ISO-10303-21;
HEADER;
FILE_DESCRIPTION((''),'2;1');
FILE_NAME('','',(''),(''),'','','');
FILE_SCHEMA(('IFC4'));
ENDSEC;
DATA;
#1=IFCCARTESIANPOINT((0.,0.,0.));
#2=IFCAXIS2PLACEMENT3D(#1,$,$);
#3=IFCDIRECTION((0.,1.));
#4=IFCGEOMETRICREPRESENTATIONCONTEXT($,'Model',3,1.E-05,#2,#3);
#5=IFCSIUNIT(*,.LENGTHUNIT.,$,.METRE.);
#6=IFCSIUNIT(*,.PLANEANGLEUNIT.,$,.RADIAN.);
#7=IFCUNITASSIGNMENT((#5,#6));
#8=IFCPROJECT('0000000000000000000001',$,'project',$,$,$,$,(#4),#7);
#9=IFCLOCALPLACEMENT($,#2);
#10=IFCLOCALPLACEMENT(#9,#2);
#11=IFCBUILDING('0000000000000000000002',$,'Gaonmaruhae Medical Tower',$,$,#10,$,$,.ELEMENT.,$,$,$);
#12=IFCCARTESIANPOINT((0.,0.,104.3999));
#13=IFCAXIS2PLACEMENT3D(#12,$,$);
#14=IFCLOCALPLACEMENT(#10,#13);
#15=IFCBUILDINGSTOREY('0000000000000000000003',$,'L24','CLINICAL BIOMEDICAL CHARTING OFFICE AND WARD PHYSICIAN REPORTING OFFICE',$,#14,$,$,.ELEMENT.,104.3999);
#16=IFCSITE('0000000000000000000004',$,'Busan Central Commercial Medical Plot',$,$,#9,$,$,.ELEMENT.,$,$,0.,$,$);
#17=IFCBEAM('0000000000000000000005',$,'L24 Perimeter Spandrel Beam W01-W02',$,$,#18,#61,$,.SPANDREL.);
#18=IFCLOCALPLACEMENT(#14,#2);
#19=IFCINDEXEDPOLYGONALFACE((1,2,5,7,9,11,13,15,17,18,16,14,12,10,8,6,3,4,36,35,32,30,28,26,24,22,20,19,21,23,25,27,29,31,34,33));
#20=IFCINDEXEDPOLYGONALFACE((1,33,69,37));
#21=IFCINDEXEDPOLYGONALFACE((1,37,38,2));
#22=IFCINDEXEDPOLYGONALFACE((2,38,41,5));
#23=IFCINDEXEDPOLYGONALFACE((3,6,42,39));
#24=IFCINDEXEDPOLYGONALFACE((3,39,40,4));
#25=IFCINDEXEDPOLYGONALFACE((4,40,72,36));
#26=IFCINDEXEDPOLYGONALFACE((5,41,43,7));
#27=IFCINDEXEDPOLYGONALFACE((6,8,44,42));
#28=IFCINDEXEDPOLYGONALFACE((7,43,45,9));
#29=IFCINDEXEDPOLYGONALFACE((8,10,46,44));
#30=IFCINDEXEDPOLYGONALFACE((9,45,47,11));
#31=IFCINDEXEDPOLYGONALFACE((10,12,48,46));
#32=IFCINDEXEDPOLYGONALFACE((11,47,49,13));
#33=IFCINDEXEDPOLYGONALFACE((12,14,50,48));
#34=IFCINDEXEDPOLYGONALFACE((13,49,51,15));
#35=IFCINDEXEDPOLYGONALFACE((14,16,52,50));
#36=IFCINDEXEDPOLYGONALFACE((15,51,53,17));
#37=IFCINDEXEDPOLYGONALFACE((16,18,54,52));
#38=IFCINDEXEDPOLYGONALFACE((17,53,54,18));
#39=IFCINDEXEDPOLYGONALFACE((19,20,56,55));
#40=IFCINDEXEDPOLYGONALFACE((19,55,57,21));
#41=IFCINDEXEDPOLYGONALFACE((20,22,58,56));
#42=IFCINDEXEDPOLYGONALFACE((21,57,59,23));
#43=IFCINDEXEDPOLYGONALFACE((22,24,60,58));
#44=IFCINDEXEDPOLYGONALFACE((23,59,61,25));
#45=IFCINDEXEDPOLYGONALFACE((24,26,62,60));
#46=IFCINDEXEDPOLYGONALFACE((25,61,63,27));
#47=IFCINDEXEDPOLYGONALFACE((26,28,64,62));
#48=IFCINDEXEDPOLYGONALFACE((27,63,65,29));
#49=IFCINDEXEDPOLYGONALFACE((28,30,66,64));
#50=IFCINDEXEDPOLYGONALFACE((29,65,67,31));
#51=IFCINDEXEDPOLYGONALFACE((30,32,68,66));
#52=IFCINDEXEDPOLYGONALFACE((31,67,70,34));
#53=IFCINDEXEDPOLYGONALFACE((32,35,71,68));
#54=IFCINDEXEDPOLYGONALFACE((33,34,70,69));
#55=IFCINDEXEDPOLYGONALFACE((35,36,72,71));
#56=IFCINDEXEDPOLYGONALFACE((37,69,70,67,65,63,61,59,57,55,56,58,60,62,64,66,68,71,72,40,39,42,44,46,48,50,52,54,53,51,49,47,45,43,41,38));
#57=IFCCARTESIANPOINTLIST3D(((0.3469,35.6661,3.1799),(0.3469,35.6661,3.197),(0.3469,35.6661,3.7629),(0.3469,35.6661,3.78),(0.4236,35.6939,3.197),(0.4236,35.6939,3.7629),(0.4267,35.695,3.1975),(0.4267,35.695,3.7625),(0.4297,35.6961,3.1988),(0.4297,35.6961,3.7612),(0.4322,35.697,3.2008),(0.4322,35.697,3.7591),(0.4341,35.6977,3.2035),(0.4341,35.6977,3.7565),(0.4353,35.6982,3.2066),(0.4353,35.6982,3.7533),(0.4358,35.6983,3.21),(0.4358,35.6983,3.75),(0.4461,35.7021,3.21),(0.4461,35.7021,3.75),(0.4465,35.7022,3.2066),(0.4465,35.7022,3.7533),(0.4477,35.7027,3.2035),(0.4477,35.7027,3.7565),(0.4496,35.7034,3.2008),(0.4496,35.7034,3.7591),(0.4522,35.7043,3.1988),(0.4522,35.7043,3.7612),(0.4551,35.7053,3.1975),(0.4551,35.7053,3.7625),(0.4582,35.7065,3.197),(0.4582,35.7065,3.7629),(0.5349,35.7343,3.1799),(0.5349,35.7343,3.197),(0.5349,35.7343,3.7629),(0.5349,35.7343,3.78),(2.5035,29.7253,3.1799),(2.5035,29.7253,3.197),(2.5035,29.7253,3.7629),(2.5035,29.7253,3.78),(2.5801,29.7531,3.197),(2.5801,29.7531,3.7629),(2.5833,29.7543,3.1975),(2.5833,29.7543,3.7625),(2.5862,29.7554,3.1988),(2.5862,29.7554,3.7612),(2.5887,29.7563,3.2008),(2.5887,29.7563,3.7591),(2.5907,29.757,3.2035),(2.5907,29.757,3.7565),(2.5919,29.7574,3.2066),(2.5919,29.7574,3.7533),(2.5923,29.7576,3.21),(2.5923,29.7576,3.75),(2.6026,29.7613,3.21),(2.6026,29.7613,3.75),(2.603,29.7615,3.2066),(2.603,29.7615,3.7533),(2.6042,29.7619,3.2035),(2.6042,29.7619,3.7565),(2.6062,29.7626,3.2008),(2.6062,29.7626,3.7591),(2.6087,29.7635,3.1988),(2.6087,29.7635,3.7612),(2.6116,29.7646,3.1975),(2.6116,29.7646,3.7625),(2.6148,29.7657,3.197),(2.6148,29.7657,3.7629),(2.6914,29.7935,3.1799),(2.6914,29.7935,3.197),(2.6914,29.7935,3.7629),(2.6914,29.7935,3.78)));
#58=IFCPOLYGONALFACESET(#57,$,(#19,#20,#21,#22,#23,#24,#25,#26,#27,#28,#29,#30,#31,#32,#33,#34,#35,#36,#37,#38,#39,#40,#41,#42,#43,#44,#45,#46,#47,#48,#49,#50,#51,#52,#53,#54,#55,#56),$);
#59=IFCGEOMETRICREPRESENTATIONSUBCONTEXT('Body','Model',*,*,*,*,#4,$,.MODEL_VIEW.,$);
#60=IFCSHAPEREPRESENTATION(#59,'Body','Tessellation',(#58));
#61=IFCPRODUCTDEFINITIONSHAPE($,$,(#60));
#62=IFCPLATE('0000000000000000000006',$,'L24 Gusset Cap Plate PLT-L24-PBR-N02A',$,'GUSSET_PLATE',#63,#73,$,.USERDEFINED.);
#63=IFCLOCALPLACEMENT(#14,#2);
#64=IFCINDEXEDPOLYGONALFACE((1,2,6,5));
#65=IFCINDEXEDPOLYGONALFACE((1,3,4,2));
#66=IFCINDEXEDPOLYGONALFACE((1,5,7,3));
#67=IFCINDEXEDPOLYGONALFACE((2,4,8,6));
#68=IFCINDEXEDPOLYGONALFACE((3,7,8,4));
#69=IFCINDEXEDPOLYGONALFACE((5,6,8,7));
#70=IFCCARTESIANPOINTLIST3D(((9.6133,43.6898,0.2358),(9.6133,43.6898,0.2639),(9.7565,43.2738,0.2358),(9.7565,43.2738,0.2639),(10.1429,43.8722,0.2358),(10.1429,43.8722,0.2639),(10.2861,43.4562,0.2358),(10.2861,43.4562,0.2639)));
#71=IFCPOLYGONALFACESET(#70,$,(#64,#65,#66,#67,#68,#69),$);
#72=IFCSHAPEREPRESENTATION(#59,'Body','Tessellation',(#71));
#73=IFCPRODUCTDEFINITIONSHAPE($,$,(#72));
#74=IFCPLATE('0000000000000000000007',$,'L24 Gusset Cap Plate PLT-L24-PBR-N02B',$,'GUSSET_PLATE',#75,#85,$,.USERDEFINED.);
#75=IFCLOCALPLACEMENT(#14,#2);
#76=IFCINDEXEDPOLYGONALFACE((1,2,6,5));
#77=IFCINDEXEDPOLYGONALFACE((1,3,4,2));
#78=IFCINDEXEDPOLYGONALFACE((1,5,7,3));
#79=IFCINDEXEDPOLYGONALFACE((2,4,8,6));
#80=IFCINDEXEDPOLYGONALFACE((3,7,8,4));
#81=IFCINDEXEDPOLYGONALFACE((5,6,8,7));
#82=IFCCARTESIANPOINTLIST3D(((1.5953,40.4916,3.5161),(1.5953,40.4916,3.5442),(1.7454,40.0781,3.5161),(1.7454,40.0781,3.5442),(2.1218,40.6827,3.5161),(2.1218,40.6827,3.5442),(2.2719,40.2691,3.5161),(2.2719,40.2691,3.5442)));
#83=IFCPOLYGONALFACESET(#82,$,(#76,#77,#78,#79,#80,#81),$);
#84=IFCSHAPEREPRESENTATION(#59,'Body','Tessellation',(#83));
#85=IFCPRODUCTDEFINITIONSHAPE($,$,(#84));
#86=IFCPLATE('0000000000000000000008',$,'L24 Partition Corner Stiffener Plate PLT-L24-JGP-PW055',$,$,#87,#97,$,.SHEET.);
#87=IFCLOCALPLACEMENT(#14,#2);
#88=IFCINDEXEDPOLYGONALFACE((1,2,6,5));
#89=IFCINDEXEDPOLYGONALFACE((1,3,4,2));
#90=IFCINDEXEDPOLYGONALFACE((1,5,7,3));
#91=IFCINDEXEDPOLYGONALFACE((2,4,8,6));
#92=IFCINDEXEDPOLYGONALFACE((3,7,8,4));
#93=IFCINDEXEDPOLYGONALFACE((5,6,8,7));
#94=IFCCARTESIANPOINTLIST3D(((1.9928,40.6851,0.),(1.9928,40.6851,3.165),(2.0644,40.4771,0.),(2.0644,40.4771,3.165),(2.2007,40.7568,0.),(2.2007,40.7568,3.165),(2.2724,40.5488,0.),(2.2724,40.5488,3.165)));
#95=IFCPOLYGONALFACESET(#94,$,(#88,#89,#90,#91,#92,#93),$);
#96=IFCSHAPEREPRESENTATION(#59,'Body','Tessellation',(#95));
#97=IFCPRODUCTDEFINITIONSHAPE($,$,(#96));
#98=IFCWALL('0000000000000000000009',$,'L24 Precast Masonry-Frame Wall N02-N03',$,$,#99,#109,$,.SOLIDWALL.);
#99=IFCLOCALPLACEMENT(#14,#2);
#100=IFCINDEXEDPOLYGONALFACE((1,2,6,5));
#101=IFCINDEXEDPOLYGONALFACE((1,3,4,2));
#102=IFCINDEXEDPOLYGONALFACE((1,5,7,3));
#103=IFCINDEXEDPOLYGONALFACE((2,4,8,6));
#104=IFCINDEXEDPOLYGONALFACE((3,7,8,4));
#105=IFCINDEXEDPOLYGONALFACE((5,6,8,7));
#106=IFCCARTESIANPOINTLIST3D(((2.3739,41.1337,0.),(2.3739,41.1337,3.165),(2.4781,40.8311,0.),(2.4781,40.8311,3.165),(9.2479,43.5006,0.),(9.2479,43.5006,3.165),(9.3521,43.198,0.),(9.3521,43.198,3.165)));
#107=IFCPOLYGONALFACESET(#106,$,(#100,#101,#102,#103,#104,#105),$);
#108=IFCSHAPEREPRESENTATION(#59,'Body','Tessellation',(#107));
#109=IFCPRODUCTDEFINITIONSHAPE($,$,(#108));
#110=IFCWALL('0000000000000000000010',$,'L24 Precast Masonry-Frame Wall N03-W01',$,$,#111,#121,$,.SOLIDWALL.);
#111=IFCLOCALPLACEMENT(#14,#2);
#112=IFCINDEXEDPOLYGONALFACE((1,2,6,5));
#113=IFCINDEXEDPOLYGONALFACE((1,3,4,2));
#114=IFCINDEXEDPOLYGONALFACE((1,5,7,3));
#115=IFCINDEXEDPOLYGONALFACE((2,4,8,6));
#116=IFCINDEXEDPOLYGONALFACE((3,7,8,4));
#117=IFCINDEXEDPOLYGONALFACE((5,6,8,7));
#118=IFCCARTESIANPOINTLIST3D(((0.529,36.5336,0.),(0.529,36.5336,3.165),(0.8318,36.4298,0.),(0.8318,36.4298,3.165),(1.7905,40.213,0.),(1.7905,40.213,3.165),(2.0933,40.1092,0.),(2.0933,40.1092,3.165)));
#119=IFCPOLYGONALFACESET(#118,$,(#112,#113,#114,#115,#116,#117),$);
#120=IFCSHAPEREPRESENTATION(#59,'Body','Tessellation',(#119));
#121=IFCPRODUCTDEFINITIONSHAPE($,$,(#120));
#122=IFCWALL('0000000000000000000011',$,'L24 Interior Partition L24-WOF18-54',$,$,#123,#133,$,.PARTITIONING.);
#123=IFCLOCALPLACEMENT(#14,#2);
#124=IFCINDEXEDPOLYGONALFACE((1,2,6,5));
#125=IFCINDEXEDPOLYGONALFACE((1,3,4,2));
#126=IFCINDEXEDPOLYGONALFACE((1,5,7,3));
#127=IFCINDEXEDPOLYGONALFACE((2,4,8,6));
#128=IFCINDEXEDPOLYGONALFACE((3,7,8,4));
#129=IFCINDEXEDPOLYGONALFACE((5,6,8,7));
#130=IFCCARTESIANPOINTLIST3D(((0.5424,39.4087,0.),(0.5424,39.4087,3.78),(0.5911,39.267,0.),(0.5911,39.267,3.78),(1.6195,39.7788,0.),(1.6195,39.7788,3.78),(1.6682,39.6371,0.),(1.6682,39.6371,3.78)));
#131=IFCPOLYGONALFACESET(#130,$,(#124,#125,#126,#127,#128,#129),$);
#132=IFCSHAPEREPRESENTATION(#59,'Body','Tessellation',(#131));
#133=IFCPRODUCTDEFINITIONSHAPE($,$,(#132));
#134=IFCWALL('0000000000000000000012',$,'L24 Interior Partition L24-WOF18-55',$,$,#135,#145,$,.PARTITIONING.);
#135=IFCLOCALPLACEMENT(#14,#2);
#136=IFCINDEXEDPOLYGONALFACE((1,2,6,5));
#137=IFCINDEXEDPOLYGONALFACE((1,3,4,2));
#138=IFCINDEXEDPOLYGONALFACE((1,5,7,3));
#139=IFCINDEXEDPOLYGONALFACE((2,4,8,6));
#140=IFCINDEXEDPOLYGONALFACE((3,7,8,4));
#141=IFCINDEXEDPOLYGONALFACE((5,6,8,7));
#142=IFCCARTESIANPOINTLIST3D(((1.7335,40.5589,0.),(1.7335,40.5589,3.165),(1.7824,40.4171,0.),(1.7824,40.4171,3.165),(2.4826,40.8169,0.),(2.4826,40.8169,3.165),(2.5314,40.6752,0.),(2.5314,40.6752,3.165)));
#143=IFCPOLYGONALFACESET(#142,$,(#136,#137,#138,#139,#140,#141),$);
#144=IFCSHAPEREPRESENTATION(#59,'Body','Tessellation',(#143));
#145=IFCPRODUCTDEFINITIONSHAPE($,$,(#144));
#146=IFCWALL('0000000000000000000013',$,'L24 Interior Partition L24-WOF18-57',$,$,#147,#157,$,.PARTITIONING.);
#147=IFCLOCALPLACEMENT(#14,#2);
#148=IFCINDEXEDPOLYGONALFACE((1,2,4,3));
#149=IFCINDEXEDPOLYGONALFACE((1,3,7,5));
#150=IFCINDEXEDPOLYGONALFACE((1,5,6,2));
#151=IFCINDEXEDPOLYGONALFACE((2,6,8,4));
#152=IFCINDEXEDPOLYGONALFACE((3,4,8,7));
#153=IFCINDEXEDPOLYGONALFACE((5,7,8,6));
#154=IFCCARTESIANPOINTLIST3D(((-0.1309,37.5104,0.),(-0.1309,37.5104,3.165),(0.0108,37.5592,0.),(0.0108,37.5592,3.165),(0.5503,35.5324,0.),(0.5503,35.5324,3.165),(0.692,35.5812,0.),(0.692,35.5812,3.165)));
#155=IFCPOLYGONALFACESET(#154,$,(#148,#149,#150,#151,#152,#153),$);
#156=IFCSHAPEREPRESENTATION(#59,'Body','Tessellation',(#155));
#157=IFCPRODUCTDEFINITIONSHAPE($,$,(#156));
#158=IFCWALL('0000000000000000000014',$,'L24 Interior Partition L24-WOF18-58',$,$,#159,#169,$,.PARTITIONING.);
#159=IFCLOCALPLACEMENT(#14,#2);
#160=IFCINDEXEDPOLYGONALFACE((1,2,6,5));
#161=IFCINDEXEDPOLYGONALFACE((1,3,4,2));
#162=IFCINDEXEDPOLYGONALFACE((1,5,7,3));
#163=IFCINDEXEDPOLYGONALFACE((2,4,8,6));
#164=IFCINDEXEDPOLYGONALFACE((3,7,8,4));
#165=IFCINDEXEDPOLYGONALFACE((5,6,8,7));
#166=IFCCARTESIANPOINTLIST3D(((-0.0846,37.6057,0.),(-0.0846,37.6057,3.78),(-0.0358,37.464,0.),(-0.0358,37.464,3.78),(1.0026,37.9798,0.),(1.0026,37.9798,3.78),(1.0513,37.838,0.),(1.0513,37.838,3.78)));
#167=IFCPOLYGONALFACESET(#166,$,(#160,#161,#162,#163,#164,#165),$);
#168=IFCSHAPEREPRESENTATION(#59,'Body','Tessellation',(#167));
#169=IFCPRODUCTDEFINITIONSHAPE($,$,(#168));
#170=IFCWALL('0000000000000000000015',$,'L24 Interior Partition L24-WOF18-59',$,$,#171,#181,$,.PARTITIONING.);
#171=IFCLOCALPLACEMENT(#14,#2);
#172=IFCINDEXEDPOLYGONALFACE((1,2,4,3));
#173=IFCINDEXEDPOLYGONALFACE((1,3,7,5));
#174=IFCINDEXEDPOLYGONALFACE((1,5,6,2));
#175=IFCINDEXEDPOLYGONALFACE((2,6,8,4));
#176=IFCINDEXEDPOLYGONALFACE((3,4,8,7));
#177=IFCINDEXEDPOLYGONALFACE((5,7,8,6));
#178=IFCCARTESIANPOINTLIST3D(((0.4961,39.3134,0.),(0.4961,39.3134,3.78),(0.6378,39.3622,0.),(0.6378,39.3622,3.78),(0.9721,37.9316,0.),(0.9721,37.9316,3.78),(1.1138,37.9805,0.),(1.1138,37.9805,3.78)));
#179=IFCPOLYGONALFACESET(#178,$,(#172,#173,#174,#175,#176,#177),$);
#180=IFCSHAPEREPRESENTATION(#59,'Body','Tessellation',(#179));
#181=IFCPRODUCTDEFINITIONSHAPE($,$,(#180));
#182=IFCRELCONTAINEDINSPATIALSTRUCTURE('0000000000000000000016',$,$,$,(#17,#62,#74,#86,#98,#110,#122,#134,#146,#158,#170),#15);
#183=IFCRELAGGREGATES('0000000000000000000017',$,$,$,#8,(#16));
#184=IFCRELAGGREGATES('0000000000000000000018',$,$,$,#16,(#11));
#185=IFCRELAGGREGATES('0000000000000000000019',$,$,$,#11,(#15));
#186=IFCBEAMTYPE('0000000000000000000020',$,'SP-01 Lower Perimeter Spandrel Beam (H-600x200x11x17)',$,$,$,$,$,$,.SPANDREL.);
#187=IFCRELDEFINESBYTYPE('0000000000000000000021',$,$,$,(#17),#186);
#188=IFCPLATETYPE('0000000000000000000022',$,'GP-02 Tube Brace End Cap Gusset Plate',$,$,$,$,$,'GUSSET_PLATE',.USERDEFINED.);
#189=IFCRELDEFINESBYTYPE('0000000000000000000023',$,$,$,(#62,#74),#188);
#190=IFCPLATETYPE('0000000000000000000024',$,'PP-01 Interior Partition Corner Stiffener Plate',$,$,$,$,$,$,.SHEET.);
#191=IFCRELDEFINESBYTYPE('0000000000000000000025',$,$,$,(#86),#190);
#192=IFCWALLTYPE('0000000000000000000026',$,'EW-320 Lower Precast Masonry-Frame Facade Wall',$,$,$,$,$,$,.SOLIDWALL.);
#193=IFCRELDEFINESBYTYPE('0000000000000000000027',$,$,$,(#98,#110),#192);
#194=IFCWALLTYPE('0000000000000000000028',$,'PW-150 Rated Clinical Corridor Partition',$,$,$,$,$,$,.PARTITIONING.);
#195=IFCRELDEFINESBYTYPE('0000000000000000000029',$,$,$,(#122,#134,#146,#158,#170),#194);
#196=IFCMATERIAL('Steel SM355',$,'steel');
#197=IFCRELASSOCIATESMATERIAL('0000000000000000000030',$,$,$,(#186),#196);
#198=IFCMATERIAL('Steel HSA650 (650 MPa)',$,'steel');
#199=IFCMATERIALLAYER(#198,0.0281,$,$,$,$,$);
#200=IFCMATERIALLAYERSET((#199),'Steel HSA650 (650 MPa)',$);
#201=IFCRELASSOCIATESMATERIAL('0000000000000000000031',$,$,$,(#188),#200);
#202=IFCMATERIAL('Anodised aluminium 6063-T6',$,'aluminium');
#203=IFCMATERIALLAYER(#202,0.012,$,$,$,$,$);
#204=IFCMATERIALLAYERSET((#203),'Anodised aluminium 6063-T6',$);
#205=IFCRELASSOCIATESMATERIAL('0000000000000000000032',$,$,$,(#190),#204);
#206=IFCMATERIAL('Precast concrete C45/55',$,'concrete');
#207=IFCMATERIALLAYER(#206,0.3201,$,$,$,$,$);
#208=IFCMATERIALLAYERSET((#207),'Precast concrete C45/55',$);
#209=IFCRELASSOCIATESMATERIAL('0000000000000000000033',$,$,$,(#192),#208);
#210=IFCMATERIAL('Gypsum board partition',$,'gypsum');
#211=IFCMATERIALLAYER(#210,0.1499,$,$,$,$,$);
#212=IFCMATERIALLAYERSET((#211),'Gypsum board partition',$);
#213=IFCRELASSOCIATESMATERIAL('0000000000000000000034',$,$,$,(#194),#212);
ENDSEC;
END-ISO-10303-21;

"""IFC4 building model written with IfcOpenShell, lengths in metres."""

from ifc_helpers import new_model, si_unit, direction, frame, frame_2d, origin, origin_2d, place, context, subcontext, project, spatial, rectangle, i_section, extrude, material, layer, layer_set, material_profile, profile_set, type_object, element, save


model = new_model("IFC4")

# Units and contexts
model_context = context("Model", 3, precision=1e-05, world=origin(), true_north=direction((0.0, 1.0)))
body_context = subcontext(model_context, "Body", "Model", "MODEL_VIEW")
ifc_project = project(units=[si_unit("LENGTHUNIT", "METRE"), si_unit("PLANEANGLEUNIT", "RADIAN")], contexts=[model_context])

# Site, building, storey
site_placement = place(None, origin())
site = spatial("IfcSite", under=ifc_project, at=site_placement, Name="Busan Central Commercial Medical Plot", CompositionType="ELEMENT", RefElevation=0.0)
building_placement = place(site_placement, origin())
building = spatial("IfcBuilding", under=site, at=building_placement, Name="Gaonmaruhae Medical Tower", CompositionType="ELEMENT")
storey_placement = place(building_placement, frame((0.0, 0.0, 104.3999)))
storey = spatial("IfcBuildingStorey", under=building, at=storey_placement, Name="L24", Description="CLINICAL BIOMEDICAL CHARTING OFFICE AND WARD PHYSICIAN REPORTING OFFICE", CompositionType="ELEMENT", Elevation=104.3999)

# Beam
ifc_material_1 = material(Name="Steel SM355", Category="steel")
ifc_material_profile_1 = material_profile(ifc_material_1, i_section(OverallWidth=0.2, OverallDepth=0.6001, WebThickness=0.011, FlangeThickness=0.0171, FilletRadius=0.0129, at=origin_2d()), Name="H-600x200x11x17")
ifc_profile_set_1 = profile_set([ifc_material_profile_1], Name="Steel SM355")
beam_type = type_object("IfcBeamType", Name="SP-01 Lower Perimeter Spandrel Beam (H-600x200x11x17)", PredefinedType="SPANDREL", material=ifc_profile_set_1)
beam_1_placement = place(storey_placement, frame((0.4409, 35.7002, 3.48), z_axis=(0.341219, -0.939984, 0.0), x_axis=(0.939984, 0.341219, 0.0)))
element("IfcBeam", 1, at=beam_1_placement, inside=storey, type_object=beam_type, Name="L24 Perimeter Spandrel Beam W01-W02", PredefinedType="SPANDREL", context=body_context, shape_type="SweptSolid", body=[
    extrude(i_section(OverallWidth=0.2, OverallDepth=0.6001, WebThickness=0.011, FlangeThickness=0.0171, FilletRadius=0.0129, at=origin_2d()), origin(), (0.0, 0.0, 1.0), 6.3201),
])

# Plates
ifc_material_2 = material(Name="Steel HSA650 (650 MPa)", Category="steel")
ifc_layer_1 = layer(ifc_material_2, 0.0281)
ifc_layer_set_1 = layer_set([ifc_layer_1], Name="Steel HSA650 (650 MPa)")
plate_type_1 = type_object("IfcPlateType", Name="GP-02 Tube Brace End Cap Gusset Plate", ElementType="GUSSET_PLATE", PredefinedType="USERDEFINED", material=ifc_layer_set_1)
for number, where, z_axis, x_axis, name in (
    (2, (9.9497, 43.573, 0.2358), (0.0, 0.0, 1.0), (0.945519, 0.325568, 0.0), "L24 Gusset Cap Plate PLT-L24-PBR-N02A"),
    (3, (1.9336, 40.3804, 3.5161), (0.0, 0.0, 1.0), (0.939991, 0.3412, 0.0), "L24 Gusset Cap Plate PLT-L24-PBR-N02B"),
):
    element("IfcPlate", number, at=place(storey_placement, frame(where, z_axis=z_axis, x_axis=x_axis)), inside=storey, type_object=plate_type_1, Name=name, ObjectType="GUSSET_PLATE", PredefinedType="USERDEFINED", context=body_context, shape_type="SweptSolid", body=[
        extrude(rectangle(XDim=0.5601, YDim=0.4399, at=origin_2d()), origin(), (0.0, 0.0, 1.0), 0.0281),
    ])
ifc_material_3 = material(Name="Anodised aluminium 6063-T6", Category="aluminium")
ifc_layer_2 = layer(ifc_material_3, 0.012)
ifc_layer_set_2 = layer_set([ifc_layer_2], Name="Anodised aluminium 6063-T6")
plate_type_2 = type_object("IfcPlateType", Name="PP-01 Interior Partition Corner Stiffener Plate", PredefinedType="SHEET", material=ifc_layer_set_2)
plate_placement = place(storey_placement, frame((2.1326, 40.6169, 0.0), z_axis=(0.0, 0.0, 1.0), x_axis=(0.945479, 0.325684, 0.0)))
element("IfcPlate", 4, at=plate_placement, inside=storey, type_object=plate_type_2, Name="L24 Partition Corner Stiffener Plate PLT-L24-JGP-PW055", PredefinedType="SHEET", context=body_context, shape_type="SweptSolid", body=[
    extrude(rectangle(XDim=0.22, YDim=0.22, at=origin_2d()), origin(), (0.0, 0.0, 1.0), 3.165),
])

# Walls
ifc_material_4 = material(Name="Precast concrete C45/55", Category="concrete")
ifc_layer_3 = layer(ifc_material_4, 0.3201)
ifc_layer_set_3 = layer_set([ifc_layer_3], Name="Precast concrete C45/55")
wall_type_1 = type_object("IfcWallType", Name="EW-320 Lower Precast Masonry-Frame Facade Wall", PredefinedType="SOLIDWALL", material=ifc_layer_set_3)
wall_1_placement = place(storey_placement, frame((2.426, 40.9824, 0.0), z_axis=(0.0, 0.0, 1.0), x_axis=(0.945517, 0.325572, 0.0)))
element("IfcWall", 5, at=wall_1_placement, inside=storey, type_object=wall_type_1, Name="L24 Precast Masonry-Frame Wall N02-N03", PredefinedType="SOLIDWALL", context=body_context, shape_type="SweptSolid", body=[
    extrude(rectangle(XDim=7.27, YDim=0.3201, at=frame_2d((3.635, 0.0))), origin(), (0.0, 0.0, 1.0), 3.165),
])
wall_2_placement = place(storey_placement, frame((0.6804, 36.4817, 0.0), z_axis=(0.0, 0.0, 1.0), x_axis=(0.324313, 0.94595, 0.0)))
element("IfcWall", 6, at=wall_2_placement, inside=storey, type_object=wall_type_1, Name="L24 Precast Masonry-Frame Wall N03-W01", PredefinedType="SOLIDWALL", context=body_context, shape_type="SweptSolid", body=[
    extrude(rectangle(XDim=3.8896, YDim=0.3201, at=frame_2d((1.9448, 0.0))), origin(), (0.0, 0.0, 1.0), 3.165),
])
ifc_material_5 = material(Name="Gypsum board partition", Category="gypsum")
ifc_layer_4 = layer(ifc_material_5, 0.1499)
ifc_layer_set_4 = layer_set([ifc_layer_4], Name="Gypsum board partition")
wall_type_2 = type_object("IfcWallType", Name="PW-150 Rated Clinical Corridor Partition", PredefinedType="PARTITIONING", material=ifc_layer_set_4)
wall_3_placement = place(storey_placement, frame((0.5669, 39.3379, 0.0), z_axis=(0.0, 0.0, 1.0), x_axis=(0.945728, 0.32496, 0.0)))
element("IfcWall", 7, at=wall_3_placement, inside=storey, type_object=wall_type_2, Name="L24 Interior Partition L24-WOF18-54", PredefinedType="PARTITIONING", context=body_context, shape_type="SweptSolid", body=[
    extrude(rectangle(XDim=1.1389, YDim=0.1499, at=frame_2d((0.5693, 0.0))), origin(), (0.0, 0.0, 1.0), 3.78),
])
wall_4_placement = place(storey_placement, frame((1.7581, 40.488, 0.0), z_axis=(0.0, 0.0, 1.0), x_axis=(0.945461, 0.325734, 0.0)))
element("IfcWall", 8, at=wall_4_placement, inside=storey, type_object=wall_type_2, Name="L24 Interior Partition L24-WOF18-55", PredefinedType="PARTITIONING", context=body_context, shape_type="SweptSolid", body=[
    extrude(rectangle(XDim=0.7922, YDim=0.1499, at=frame_2d((0.396, 0.0))), origin(), (0.0, 0.0, 1.0), 3.165),
])

# Walls
wall_5_placement = place(storey_placement, frame((0.6211, 35.5569, 0.0), z_axis=(0.0, 0.0, 1.0), x_axis=(-0.325595, 0.945509, 0.0)))
element("IfcWall", 9, at=wall_5_placement, inside=storey, type_object=wall_type_2, Name="L24 Interior Partition L24-WOF18-57", PredefinedType="PARTITIONING", context=body_context, shape_type="SweptSolid", body=[
    extrude(rectangle(XDim=2.092, YDim=0.1499, at=frame_2d((1.0459, 0.0))), origin(), (0.0, 0.0, 1.0), 3.165),
])
wall_6_placement = place(storey_placement, frame((-0.0601, 37.5349, 0.0), z_axis=(0.0, 0.0, 1.0), x_axis=(0.945603, 0.325323, 0.0)))
element("IfcWall", 10, at=wall_6_placement, inside=storey, type_object=wall_type_2, Name="L24 Interior Partition L24-WOF18-58", PredefinedType="PARTITIONING", context=body_context, shape_type="SweptSolid", body=[
    extrude(rectangle(XDim=1.1497, YDim=0.1499, at=frame_2d((0.5747, 0.0))), origin(), (0.0, 0.0, 1.0), 3.78),
])
wall_7_placement = place(storey_placement, frame((1.043, 37.9561, 0.0), z_axis=(0.0, 0.0, 1.0), x_axis=(-0.325733, 0.945462, 0.0)))
element("IfcWall", 11, at=wall_7_placement, inside=storey, type_object=wall_type_2, Name="L24 Interior Partition L24-WOF18-59", PredefinedType="PARTITIONING", context=body_context, shape_type="SweptSolid", body=[
    extrude(rectangle(XDim=1.4614, YDim=0.1499, at=frame_2d((0.7307, 0.0))), origin(), (0.0, 0.0, 1.0), 3.78),
])

save(model, "model.ifc")
